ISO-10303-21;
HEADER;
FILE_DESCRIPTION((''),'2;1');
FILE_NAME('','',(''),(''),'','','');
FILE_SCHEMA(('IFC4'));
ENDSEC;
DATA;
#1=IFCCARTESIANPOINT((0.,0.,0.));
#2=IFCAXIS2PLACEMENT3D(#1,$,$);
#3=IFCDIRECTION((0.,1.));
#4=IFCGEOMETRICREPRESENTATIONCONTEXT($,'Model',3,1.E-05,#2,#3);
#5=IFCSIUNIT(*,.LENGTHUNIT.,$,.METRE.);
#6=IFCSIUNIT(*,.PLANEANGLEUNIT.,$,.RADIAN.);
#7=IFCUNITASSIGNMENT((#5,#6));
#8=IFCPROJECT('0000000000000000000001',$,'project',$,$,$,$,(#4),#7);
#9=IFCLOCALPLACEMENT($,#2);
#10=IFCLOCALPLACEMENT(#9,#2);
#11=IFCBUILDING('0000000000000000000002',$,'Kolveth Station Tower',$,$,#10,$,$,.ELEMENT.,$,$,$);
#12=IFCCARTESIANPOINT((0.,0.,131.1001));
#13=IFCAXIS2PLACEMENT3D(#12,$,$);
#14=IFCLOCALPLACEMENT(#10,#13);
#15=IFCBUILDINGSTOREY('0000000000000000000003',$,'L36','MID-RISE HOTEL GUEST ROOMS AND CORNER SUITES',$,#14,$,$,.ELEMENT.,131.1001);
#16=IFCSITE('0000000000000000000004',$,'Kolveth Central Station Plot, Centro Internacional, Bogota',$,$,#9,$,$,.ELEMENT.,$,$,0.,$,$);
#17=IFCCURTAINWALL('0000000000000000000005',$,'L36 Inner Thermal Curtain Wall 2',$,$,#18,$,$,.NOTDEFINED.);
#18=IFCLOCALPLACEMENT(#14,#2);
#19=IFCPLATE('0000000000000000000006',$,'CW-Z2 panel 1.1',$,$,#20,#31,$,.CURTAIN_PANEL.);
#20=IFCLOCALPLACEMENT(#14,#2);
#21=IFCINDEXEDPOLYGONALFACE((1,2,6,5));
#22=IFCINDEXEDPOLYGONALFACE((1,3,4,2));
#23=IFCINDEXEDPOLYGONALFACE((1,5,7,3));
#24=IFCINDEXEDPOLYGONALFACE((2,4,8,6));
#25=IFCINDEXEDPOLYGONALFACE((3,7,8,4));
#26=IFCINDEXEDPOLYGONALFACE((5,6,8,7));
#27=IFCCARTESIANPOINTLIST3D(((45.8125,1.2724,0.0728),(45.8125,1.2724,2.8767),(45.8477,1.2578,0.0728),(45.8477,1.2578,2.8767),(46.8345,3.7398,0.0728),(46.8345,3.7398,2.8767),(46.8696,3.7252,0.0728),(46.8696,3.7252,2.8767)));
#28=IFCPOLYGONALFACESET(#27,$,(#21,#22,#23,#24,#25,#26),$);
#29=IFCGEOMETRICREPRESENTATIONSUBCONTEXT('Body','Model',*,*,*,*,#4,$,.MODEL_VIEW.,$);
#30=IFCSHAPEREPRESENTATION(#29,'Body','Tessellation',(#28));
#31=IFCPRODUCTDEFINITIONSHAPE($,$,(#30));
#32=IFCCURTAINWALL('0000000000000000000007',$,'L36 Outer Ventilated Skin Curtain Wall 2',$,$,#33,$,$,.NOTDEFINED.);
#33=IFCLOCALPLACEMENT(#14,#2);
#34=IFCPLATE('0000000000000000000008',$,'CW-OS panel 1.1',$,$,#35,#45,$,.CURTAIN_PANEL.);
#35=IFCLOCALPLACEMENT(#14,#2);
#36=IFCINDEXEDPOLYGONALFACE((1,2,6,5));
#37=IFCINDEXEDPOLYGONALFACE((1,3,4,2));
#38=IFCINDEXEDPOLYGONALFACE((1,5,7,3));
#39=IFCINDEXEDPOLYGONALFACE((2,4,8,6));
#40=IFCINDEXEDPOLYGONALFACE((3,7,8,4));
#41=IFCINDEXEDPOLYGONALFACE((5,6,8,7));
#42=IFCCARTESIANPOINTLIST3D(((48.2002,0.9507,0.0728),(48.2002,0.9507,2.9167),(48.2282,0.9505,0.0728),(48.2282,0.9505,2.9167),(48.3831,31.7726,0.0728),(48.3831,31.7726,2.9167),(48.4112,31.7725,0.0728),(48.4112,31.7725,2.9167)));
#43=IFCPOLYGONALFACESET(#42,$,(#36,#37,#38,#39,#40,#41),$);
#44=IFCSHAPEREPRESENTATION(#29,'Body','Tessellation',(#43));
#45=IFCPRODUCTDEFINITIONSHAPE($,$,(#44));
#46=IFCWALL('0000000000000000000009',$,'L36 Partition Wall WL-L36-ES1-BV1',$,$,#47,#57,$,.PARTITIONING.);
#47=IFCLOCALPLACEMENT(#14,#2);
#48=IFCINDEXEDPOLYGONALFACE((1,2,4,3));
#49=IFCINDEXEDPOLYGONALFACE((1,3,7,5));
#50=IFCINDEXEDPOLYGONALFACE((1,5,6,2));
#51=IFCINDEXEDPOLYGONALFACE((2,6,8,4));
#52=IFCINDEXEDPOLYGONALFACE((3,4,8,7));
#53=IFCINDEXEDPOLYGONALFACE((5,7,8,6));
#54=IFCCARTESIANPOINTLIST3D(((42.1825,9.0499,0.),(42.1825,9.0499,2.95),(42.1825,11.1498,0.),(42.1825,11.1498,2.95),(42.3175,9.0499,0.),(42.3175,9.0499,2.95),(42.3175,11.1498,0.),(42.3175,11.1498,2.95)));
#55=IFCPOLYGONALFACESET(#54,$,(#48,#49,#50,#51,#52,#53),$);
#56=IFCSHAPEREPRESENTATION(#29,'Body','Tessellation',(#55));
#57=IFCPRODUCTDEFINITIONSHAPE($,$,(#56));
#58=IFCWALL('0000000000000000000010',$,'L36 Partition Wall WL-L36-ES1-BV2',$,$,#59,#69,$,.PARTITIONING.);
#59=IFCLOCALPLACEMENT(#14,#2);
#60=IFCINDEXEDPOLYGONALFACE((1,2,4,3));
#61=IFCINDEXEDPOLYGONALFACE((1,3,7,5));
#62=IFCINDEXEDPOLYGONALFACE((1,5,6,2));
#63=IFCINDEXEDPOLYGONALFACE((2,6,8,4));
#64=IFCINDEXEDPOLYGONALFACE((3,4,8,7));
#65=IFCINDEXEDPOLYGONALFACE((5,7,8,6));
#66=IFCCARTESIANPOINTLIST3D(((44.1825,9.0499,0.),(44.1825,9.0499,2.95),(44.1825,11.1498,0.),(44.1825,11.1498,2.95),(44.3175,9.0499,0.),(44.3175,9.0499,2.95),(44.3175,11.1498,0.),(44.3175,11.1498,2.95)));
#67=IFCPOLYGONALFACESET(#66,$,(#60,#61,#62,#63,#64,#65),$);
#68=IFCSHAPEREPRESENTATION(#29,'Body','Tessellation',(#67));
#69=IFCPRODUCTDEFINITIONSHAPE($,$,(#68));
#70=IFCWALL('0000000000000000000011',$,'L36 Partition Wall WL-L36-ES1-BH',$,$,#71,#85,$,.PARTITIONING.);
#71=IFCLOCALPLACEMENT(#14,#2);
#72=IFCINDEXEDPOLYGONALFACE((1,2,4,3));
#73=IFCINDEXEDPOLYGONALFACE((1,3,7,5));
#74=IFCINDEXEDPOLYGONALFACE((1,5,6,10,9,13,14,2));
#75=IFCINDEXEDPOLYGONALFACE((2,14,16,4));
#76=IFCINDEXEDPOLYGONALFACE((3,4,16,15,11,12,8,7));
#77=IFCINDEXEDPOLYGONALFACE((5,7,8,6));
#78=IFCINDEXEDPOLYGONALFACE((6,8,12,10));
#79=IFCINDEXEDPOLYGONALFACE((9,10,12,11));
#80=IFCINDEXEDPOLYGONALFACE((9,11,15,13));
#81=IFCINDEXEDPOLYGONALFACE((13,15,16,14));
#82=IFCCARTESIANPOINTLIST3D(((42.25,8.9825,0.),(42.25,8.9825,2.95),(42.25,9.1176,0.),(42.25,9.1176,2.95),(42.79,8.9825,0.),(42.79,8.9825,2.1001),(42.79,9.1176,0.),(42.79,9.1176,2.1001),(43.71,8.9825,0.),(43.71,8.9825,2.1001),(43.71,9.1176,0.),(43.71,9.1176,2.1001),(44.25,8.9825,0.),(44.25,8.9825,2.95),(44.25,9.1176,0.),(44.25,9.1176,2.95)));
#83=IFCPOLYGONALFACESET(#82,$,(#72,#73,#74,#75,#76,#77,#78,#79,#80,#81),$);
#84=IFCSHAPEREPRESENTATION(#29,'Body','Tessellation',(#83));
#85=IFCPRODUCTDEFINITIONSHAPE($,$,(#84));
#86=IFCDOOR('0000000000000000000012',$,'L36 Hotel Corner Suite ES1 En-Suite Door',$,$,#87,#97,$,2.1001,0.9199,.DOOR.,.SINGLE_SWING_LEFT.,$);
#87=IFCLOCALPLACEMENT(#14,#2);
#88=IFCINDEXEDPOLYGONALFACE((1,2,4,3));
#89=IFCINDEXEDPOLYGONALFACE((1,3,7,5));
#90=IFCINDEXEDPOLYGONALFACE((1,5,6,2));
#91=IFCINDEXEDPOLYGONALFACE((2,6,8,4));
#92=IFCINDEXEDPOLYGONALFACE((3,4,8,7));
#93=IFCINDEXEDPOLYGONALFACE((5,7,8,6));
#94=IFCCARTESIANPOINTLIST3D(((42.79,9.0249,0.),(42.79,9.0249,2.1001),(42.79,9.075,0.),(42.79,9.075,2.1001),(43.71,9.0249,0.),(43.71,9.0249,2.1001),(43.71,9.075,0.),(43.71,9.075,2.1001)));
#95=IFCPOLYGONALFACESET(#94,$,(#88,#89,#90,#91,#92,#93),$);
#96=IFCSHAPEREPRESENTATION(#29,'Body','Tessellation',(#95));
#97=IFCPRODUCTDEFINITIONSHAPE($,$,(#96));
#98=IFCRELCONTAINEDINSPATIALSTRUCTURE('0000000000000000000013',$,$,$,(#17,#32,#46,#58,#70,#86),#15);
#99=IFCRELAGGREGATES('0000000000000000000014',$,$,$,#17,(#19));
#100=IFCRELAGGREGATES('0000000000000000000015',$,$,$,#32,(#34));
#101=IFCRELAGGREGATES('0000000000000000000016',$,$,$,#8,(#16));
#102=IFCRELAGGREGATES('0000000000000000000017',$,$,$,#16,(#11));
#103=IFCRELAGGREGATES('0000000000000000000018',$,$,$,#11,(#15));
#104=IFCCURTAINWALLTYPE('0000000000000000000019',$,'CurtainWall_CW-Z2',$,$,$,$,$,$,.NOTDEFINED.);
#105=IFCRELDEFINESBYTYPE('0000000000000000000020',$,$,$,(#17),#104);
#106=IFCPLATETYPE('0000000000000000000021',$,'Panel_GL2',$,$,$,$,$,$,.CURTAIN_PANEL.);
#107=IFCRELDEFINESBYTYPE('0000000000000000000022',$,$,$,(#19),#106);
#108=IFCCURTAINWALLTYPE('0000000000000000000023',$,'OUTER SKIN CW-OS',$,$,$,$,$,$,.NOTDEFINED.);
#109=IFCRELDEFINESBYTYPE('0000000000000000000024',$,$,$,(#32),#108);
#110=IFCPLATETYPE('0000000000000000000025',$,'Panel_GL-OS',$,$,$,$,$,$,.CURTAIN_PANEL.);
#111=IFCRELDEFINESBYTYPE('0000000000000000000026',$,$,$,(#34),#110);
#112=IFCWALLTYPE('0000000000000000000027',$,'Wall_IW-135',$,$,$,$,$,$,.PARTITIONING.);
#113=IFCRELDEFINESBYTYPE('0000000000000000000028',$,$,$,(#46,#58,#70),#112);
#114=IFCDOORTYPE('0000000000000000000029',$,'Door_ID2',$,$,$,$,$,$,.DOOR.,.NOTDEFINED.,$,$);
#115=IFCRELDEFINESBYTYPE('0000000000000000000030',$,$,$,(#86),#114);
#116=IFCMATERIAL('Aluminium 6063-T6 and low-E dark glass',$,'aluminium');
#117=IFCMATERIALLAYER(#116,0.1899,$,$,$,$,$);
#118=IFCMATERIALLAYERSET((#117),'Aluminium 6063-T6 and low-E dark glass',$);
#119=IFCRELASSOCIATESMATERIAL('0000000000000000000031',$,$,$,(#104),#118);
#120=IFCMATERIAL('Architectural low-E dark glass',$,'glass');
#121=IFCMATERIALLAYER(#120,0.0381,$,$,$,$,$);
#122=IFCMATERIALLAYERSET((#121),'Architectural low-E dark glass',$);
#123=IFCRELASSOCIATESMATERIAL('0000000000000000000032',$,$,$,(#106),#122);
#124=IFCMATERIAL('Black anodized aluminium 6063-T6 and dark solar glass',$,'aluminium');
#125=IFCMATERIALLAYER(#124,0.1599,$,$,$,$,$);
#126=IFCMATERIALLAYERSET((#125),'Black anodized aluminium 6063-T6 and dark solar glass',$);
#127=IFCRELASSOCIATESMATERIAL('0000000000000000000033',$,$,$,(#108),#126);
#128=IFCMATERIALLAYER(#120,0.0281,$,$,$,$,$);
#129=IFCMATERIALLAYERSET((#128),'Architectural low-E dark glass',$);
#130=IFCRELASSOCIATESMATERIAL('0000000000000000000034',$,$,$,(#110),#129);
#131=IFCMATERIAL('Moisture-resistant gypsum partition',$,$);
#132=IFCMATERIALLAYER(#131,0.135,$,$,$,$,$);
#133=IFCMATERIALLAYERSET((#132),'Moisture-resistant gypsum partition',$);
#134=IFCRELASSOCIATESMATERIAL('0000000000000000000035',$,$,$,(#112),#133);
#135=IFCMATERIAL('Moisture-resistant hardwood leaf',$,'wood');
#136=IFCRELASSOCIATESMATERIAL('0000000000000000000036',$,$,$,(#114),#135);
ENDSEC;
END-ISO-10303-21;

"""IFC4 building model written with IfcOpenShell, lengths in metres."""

from ifc_helpers import new_model, si_unit, direction, frame, frame_2d, origin, origin_2d, place, context, subcontext, project, spatial, rectangle, extrude, source, transform, mapped, material, layer, layer_set, type_object, element, fill, aggregate, save


model = new_model("IFC4")

# Units and contexts
model_context = context("Model", 3, precision=1e-05, world=origin(), true_north=direction((0.0, 1.0)))
body_context = subcontext(model_context, "Body", "Model", "MODEL_VIEW")
ifc_project = project(units=[si_unit("LENGTHUNIT", "METRE"), si_unit("PLANEANGLEUNIT", "RADIAN")], contexts=[model_context])

# Site, building, storey
site_placement = place(None, origin())
site = spatial("IfcSite", under=ifc_project, at=site_placement, Name="Kolveth Central Station Plot, Centro Internacional, Bogota", CompositionType="ELEMENT", RefElevation=0.0)
building_placement = place(site_placement, origin())
building = spatial("IfcBuilding", under=site, at=building_placement, Name="Kolveth Station Tower", CompositionType="ELEMENT")
storey_placement = place(building_placement, frame((0.0, 0.0, 131.1001)))
storey = spatial("IfcBuildingStorey", under=building, at=storey_placement, Name="L36", Description="MID-RISE HOTEL GUEST ROOMS AND CORNER SUITES", CompositionType="ELEMENT", Elevation=131.1001)

# Curtain wall
ifc_material_1 = material(Name="Aluminium 6063-T6 and low-E dark glass", Category="aluminium")
ifc_layer_1 = layer(ifc_material_1, 0.1899)
ifc_layer_set_1 = layer_set([ifc_layer_1], Name="Aluminium 6063-T6 and low-E dark glass")
curtain_wall_type_1 = type_object("IfcCurtainWallType", Name="CurtainWall_CW-Z2", PredefinedType="NOTDEFINED", material=ifc_layer_set_1)
curtain_wall_1_placement = place(storey_placement, origin())
curtain_wall_1 = element("IfcCurtainWall", 1, at=curtain_wall_1_placement, inside=storey, type_object=curtain_wall_type_1, Name="L36 Inner Thermal Curtain Wall 2", PredefinedType="NOTDEFINED")

# Plate
ifc_material_2 = material(Name="Architectural low-E dark glass", Category="glass")
ifc_layer_2 = layer(ifc_material_2, 0.0381)
ifc_layer_set_2 = layer_set([ifc_layer_2], Name="Architectural low-E dark glass")
plate_type_1 = type_object("IfcPlateType", Name="Panel_GL2", PredefinedType="CURTAIN_PANEL", material=ifc_layer_set_2)
shared_shape_1 = source(origin(), body_context, "Body", "SweptSolid", [
    extrude(rectangle(XDim=2.6707, YDim=0.0381, at=origin_2d()), origin(), (0.0, 0.0, 1.0), 2.804),
])
plate_1_placement = place(storey_placement, frame((46.3411, 2.4988, 0.0728), z_axis=(0.0, 0.0, 1.0), x_axis=(0.382663, 0.923888, 0.0)))
plate_1 = element("IfcPlate", 2, at=plate_1_placement, type_object=plate_type_1, Name="CW-Z2 panel 1.1", PredefinedType="CURTAIN_PANEL", context=body_context, shape_type="MappedRepresentation", body=[
    mapped(shared_shape_1, transform((0.0, 0.0, 0.0), x_axis=(1.0, 0.0, 0.0), y_axis=(0.0, 1.0, 0.0), z_axis=(0.0, 0.0, 1.0), scale=1.0)),
])
aggregate(curtain_wall_1, [plate_1])

# Curtain wall, plate
ifc_material_3 = material(Name="Black anodized aluminium 6063-T6 and dark solar glass", Category="aluminium")
ifc_layer_3 = layer(ifc_material_3, 0.1599)
ifc_layer_set_3 = layer_set([ifc_layer_3], Name="Black anodized aluminium 6063-T6 and dark solar glass")
curtain_wall_type_2 = type_object("IfcCurtainWallType", Name="OUTER SKIN CW-OS", PredefinedType="NOTDEFINED", material=ifc_layer_set_3)
curtain_wall_2_placement = place(storey_placement, origin())
curtain_wall_2 = element("IfcCurtainWall", 3, at=curtain_wall_2_placement, inside=storey, type_object=curtain_wall_type_2, Name="L36 Outer Ventilated Skin Curtain Wall 2", PredefinedType="NOTDEFINED")
ifc_layer_4 = layer(ifc_material_2, 0.0281)
ifc_layer_set_4 = layer_set([ifc_layer_4], Name="Architectural low-E dark glass")
plate_type_2 = type_object("IfcPlateType", Name="Panel_GL-OS", PredefinedType="CURTAIN_PANEL", material=ifc_layer_set_4)
shared_shape_2 = source(origin(), body_context, "Body", "SweptSolid", [
    extrude(rectangle(XDim=30.8225, YDim=0.0281, at=origin_2d()), origin(), (0.0, 0.0, 1.0), 2.844),
])
plate_2_placement = place(storey_placement, frame((48.3057, 16.3616, 0.0728), z_axis=(0.0, 0.0, 1.0), x_axis=(0.005934, 0.999982, 0.0)))
plate_2 = element("IfcPlate", 4, at=plate_2_placement, type_object=plate_type_2, Name="CW-OS panel 1.1", PredefinedType="CURTAIN_PANEL", context=body_context, shape_type="MappedRepresentation", body=[
    mapped(shared_shape_2, transform((0.0, 0.0, 0.0), x_axis=(1.0, 0.0, 0.0), y_axis=(0.0, 1.0, 0.0), z_axis=(0.0, 0.0, 1.0), scale=1.0)),
])
aggregate(curtain_wall_2, [plate_2])

# Walls
ifc_material_4 = material(Name="Moisture-resistant gypsum partition")
ifc_layer_5 = layer(ifc_material_4, 0.135)
ifc_layer_set_5 = layer_set([ifc_layer_5], Name="Moisture-resistant gypsum partition")
wall_type = type_object("IfcWallType", Name="Wall_IW-135", PredefinedType="PARTITIONING", material=ifc_layer_set_5)
for number, where, z_axis, x_axis, name in (
    (5, (42.25, 9.05, 0.0), (0.0, 0.0, 1.0), (0.0, 1.0, 0.0), "L36 Partition Wall WL-L36-ES1-BV1"),
    (6, (44.25, 9.05, 0.0), (0.0, 0.0, 1.0), (0.0, 1.0, 0.0), "L36 Partition Wall WL-L36-ES1-BV2"),
):
    element("IfcWall", number, at=place(storey_placement, frame(where, z_axis=z_axis, x_axis=x_axis)), inside=storey, type_object=wall_type, Name=name, PredefinedType="PARTITIONING", context=body_context, shape_type="SweptSolid", body=[
        extrude(rectangle(XDim=2.0999, YDim=0.135, at=frame_2d((1.0498, 0.0))), origin(), (0.0, 0.0, 1.0), 2.95),
    ])

# Wall, opening, door
wall_placement = place(storey_placement, frame((42.25, 9.05, 0.0), z_axis=(0.0, 0.0, 1.0), x_axis=(1.0, 0.0, 0.0)))
wall = element("IfcWall", 7, at=wall_placement, inside=storey, type_object=wall_type, Name="L36 Partition Wall WL-L36-ES1-BH", PredefinedType="PARTITIONING", context=body_context, shape_type="SweptSolid", body=[
    extrude(rectangle(XDim=2.0, YDim=0.135, at=frame_2d((1.0, 0.0))), origin(), (0.0, 0.0, 1.0), 2.95),
])
opening_placement = place(wall_placement, frame((0.54, 0.0, 0.0)))
opening = element("IfcOpeningElement", 8, at=opening_placement, cuts=wall, PredefinedType="OPENING", context=body_context, shape_type="SweptSolid", body=[
    extrude(rectangle(XDim=0.9199, YDim=2.1001, at=frame_2d((0.46, 1.05))), frame((0.0, 0.0774, 0.0), z_axis=(0.0, -1.0, 0.0), x_axis=(1.0, 0.0, 0.0)), (0.0, 0.0, 1.0), 0.155),
])
ifc_material_5 = material(Name="Moisture-resistant hardwood leaf", Category="wood")
door_type = type_object("IfcDoorType", Name="Door_ID2", OperationType="NOTDEFINED", PredefinedType="DOOR", material=ifc_material_5)
door_placement = place(opening_placement, origin())
door = element("IfcDoor", 9, at=door_placement, inside=storey, type_object=door_type, Name="L36 Hotel Corner Suite ES1 En-Suite Door", OperationType="SINGLE_SWING_LEFT", OverallHeight=2.1001, OverallWidth=0.9199, PredefinedType="DOOR", context=body_context, shape_type="SweptSolid", body=[
    extrude(rectangle(XDim=0.9199, YDim=2.1001, at=frame_2d((0.46, 1.05))), frame((0.0, 0.0249, 0.0), z_axis=(0.0, -1.0, 0.0), x_axis=(1.0, 0.0, 0.0)), (0.0, 0.0, 1.0), 0.05),
])
fill(opening, door)

save(model, "model.ifc")
